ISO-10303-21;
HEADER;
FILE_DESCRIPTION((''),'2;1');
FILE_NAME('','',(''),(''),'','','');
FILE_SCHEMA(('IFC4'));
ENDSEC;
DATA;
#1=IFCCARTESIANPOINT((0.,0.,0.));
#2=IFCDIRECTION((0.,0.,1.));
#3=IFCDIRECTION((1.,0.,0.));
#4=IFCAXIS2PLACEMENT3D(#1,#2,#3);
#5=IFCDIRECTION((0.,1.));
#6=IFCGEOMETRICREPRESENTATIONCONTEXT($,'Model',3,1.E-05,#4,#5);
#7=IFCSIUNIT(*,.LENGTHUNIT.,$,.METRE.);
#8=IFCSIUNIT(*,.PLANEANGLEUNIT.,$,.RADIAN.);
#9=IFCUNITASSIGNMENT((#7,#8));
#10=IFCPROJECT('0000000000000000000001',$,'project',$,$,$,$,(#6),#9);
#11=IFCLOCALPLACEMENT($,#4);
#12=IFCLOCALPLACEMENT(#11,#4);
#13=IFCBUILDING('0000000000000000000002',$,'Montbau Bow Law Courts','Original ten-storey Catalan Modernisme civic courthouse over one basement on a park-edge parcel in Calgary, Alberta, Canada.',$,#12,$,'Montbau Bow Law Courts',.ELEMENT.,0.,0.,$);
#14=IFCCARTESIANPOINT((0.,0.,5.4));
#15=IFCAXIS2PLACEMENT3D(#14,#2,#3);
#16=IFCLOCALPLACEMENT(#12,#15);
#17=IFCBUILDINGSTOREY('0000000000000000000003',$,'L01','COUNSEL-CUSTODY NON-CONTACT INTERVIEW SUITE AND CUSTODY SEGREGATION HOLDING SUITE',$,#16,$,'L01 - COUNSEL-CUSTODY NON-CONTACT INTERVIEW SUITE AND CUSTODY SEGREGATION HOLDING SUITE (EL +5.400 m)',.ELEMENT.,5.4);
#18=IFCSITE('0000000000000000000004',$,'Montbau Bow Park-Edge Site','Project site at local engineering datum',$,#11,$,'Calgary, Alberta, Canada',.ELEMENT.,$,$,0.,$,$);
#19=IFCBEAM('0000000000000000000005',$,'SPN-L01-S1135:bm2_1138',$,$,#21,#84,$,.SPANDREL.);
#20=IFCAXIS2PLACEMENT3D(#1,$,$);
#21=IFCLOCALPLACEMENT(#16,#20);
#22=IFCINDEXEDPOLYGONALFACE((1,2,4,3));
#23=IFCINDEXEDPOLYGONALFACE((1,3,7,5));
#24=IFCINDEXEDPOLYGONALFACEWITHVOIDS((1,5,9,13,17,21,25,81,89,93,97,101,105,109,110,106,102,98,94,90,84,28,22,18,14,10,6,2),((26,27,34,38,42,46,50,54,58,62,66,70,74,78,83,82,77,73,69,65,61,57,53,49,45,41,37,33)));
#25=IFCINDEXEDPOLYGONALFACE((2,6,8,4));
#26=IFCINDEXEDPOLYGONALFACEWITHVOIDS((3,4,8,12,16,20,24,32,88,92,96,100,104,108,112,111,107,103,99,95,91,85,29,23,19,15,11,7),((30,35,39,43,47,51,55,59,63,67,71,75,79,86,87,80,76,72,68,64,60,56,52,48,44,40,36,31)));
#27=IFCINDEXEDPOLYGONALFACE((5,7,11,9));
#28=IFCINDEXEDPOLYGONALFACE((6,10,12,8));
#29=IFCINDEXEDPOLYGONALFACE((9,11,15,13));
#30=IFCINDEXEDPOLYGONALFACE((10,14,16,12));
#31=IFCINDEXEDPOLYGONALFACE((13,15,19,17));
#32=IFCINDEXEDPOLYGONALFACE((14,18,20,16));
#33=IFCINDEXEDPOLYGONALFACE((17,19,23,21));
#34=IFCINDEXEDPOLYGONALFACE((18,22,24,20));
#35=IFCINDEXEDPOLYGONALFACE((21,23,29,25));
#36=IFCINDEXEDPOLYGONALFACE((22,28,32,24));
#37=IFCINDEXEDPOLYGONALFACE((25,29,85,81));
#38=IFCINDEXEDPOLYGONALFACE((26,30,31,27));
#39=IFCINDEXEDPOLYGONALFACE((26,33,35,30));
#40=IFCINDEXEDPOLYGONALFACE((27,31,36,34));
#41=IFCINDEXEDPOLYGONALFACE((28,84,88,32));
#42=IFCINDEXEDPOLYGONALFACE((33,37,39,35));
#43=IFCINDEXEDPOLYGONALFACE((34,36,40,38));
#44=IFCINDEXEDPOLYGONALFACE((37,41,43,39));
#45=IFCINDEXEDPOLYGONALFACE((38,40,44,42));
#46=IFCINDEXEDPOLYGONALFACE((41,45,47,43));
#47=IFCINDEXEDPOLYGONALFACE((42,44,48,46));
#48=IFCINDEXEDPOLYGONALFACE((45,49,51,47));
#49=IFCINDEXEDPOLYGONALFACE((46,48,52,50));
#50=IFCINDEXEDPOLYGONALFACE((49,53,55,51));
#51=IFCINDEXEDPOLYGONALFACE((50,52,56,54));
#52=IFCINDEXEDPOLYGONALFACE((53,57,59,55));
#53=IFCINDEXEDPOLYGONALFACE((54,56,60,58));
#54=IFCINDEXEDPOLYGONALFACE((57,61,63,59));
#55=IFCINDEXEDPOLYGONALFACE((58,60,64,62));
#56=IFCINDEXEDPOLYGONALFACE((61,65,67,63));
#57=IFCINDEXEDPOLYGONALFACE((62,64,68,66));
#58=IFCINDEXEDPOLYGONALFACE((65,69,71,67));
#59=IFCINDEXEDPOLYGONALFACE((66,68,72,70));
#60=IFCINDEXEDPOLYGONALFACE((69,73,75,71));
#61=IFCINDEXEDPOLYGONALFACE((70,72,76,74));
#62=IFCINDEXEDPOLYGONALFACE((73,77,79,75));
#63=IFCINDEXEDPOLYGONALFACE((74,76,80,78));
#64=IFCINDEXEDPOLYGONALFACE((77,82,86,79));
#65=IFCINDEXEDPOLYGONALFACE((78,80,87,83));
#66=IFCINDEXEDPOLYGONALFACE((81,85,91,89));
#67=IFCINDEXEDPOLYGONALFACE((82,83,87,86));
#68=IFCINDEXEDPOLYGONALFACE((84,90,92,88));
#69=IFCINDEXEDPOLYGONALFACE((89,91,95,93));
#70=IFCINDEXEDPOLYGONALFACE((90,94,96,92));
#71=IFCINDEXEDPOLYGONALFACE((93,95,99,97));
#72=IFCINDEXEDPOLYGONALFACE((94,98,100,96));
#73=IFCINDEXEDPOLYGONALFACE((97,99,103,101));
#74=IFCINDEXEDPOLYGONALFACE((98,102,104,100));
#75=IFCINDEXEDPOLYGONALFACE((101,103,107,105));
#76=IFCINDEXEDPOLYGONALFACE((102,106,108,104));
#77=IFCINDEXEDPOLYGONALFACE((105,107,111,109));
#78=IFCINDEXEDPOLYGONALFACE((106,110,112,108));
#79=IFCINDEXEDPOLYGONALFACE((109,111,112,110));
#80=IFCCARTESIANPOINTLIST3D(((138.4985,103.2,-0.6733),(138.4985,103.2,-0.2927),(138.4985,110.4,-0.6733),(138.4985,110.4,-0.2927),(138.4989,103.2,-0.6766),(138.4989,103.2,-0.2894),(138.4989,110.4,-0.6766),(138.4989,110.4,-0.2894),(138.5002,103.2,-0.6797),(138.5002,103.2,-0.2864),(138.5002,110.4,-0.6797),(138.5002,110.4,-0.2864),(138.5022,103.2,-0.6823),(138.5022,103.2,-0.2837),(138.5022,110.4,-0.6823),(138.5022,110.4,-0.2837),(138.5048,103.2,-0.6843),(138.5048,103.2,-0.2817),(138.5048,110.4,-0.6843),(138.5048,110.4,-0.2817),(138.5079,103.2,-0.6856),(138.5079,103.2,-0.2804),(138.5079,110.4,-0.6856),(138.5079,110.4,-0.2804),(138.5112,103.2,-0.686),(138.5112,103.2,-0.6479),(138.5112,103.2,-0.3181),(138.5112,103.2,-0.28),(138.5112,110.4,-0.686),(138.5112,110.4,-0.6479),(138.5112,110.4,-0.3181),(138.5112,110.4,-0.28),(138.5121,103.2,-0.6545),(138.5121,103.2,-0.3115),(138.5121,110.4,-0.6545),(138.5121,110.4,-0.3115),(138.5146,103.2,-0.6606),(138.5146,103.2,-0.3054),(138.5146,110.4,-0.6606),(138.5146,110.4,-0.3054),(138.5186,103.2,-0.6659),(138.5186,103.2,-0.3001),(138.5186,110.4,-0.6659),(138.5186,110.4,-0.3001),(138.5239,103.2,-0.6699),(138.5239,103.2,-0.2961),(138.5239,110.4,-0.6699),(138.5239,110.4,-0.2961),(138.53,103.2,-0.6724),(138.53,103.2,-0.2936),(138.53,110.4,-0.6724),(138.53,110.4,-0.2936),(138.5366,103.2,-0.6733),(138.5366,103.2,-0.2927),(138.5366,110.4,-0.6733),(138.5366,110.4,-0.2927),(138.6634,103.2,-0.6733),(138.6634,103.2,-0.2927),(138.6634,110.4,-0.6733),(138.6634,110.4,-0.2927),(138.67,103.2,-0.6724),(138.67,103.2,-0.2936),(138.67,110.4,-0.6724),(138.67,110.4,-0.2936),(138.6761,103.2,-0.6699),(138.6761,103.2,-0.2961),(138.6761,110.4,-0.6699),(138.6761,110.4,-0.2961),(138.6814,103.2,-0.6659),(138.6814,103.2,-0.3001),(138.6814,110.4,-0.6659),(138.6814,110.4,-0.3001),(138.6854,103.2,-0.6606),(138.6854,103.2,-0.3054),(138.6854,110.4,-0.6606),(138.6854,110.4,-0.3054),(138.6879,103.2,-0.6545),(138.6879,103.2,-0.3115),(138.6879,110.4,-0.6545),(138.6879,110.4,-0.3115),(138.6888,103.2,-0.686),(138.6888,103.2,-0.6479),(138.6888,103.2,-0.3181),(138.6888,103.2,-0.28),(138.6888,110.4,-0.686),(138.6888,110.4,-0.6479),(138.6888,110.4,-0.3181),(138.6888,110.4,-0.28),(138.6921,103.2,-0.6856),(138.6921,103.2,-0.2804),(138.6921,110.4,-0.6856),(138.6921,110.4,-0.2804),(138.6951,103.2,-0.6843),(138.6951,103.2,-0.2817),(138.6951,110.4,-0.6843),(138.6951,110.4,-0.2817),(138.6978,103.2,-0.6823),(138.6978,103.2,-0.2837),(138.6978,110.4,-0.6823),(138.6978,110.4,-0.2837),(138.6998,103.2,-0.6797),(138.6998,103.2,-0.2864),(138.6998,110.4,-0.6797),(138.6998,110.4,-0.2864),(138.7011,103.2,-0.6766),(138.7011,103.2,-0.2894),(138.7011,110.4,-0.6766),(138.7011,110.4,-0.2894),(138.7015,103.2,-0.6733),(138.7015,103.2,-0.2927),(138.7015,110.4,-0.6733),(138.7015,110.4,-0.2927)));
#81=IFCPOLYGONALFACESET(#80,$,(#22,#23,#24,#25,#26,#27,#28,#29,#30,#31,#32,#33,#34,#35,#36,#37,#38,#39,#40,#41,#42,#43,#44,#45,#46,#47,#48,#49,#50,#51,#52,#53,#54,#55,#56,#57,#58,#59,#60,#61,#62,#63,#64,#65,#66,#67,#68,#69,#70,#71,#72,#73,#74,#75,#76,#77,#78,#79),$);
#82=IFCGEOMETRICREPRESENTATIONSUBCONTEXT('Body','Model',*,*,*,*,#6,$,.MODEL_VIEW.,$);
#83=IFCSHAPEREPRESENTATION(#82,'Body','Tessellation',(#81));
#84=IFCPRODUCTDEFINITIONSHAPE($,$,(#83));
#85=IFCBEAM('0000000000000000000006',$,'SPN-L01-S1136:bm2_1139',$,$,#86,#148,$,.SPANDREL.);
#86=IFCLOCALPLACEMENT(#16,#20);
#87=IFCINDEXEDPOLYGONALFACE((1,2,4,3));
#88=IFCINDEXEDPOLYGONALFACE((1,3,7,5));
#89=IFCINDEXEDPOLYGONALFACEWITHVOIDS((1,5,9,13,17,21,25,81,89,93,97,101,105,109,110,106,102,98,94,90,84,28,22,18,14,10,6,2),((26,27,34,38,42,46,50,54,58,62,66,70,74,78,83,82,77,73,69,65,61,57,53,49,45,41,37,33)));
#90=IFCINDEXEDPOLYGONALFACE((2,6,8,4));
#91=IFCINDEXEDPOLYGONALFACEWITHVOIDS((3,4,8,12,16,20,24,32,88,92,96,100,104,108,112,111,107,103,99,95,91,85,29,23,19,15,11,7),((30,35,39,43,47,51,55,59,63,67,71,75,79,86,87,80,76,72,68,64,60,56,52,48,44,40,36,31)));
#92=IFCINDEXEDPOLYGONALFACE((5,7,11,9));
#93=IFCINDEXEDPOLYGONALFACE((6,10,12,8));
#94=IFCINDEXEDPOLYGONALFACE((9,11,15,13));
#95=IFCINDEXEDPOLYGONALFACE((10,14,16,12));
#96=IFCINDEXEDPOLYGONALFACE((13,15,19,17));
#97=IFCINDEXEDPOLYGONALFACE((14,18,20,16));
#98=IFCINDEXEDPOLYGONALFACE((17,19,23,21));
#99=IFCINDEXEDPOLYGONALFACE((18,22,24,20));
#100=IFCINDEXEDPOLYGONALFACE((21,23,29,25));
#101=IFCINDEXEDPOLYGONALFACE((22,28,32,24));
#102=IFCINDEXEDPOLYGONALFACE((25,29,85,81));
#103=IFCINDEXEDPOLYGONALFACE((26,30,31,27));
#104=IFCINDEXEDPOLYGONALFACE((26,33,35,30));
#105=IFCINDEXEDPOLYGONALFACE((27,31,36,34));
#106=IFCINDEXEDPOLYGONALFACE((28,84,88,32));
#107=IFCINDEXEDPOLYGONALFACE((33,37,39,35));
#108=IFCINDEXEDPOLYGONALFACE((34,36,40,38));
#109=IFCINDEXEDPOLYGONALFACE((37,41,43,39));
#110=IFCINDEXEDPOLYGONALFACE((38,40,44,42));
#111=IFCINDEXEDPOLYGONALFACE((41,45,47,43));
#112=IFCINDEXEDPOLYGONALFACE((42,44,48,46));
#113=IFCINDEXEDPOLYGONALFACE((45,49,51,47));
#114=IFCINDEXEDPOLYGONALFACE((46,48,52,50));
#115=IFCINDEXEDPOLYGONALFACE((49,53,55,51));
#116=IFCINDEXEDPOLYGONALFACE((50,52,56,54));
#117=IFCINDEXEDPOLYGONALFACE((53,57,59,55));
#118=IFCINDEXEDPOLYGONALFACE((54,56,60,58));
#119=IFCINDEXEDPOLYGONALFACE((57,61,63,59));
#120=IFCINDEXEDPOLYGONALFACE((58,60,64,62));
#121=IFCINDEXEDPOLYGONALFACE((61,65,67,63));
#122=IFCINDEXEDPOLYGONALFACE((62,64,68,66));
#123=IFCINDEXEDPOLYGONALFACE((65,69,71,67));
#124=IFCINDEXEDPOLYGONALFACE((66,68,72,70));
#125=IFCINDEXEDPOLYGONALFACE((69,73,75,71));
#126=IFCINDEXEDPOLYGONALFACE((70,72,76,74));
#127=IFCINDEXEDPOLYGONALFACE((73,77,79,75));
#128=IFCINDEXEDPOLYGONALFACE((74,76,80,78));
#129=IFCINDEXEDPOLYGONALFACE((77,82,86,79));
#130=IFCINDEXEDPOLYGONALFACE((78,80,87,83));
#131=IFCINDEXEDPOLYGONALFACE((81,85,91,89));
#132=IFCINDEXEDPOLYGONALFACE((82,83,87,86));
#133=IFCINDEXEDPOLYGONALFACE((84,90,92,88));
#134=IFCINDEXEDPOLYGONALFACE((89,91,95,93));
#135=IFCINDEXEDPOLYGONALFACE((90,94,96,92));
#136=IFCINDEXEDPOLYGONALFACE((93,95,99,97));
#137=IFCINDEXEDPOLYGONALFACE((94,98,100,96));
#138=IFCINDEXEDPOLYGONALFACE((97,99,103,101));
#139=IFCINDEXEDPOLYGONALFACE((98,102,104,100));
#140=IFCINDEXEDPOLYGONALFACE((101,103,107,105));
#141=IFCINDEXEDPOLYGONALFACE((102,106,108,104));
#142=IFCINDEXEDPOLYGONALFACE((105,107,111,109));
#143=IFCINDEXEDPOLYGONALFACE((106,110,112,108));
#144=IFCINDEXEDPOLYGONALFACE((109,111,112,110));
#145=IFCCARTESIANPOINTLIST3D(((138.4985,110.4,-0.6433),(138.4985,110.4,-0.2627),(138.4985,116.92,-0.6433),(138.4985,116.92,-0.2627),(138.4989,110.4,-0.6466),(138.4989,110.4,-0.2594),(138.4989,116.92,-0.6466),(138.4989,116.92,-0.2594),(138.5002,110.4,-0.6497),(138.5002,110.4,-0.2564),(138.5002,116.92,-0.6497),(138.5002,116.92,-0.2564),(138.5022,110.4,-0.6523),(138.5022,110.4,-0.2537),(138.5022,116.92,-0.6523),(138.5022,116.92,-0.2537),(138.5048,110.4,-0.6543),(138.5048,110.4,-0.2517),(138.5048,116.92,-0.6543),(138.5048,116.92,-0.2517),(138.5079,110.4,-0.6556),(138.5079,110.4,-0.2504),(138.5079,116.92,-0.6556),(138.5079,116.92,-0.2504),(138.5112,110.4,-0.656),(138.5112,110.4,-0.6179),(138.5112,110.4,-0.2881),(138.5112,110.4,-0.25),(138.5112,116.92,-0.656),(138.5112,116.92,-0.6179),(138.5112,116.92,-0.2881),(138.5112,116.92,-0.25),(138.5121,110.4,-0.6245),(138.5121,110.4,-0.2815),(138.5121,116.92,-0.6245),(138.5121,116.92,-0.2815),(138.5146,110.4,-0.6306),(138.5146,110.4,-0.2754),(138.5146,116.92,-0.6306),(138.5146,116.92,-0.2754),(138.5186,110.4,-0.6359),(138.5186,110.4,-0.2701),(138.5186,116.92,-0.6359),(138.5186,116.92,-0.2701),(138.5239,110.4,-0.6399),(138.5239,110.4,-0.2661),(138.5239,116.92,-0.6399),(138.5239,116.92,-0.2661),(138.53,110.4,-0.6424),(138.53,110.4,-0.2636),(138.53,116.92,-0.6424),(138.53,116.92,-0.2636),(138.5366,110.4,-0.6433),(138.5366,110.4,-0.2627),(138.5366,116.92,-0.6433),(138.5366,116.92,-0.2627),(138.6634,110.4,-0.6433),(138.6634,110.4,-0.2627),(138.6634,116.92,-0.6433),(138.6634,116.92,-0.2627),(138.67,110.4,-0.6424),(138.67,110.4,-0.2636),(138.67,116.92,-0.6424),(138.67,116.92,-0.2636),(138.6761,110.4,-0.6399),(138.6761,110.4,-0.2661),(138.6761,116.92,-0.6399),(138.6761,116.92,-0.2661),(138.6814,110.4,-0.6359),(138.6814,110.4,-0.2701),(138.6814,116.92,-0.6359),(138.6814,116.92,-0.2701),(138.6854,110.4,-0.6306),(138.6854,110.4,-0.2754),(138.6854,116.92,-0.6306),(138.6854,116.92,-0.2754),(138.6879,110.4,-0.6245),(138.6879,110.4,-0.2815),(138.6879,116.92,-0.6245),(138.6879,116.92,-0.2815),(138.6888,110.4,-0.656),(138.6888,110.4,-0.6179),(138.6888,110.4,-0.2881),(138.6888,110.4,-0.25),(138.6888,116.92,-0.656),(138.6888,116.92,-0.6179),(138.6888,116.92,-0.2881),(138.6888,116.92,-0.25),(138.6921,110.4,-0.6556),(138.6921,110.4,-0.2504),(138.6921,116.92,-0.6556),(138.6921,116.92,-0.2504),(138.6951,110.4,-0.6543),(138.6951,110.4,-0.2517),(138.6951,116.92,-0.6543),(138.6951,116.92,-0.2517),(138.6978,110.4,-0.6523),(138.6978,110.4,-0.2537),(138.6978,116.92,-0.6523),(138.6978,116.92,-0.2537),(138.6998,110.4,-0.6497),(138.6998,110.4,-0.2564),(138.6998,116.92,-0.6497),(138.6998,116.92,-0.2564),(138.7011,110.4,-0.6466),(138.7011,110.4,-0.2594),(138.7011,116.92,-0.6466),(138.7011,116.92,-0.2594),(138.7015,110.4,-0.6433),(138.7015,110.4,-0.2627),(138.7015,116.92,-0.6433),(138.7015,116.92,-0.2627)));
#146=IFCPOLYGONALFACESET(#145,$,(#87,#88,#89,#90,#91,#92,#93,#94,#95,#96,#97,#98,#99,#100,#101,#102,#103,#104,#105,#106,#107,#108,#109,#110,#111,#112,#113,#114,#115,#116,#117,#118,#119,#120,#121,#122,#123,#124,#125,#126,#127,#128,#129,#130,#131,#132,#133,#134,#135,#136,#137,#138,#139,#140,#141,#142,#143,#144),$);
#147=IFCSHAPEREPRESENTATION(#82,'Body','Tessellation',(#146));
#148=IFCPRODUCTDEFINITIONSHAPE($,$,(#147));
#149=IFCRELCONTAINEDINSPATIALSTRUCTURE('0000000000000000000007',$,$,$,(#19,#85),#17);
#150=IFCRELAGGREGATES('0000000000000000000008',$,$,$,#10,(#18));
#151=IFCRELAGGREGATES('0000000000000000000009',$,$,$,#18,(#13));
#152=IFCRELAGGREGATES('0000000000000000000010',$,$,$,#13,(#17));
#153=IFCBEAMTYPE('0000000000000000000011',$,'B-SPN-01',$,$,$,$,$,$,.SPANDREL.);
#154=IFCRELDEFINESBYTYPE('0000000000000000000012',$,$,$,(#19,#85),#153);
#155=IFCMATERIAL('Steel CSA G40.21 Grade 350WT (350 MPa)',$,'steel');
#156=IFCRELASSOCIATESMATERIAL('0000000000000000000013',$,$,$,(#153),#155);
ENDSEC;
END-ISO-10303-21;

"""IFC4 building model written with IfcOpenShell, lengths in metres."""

from ifc_helpers import new_model, si_unit, direction, frame, origin_with_axes, origin_2d_with_axis, place, context, subcontext, project, spatial, hollow_rectangle, extrude, material, material_profile, profile_set, type_object, element, save


model = new_model("IFC4")

# Units and contexts
model_context = context("Model", 3, precision=1e-05, world=origin_with_axes(), true_north=direction((0.0, 1.0)))
body_context = subcontext(model_context, "Body", "Model", "MODEL_VIEW")
ifc_project = project(units=[si_unit("LENGTHUNIT", "METRE"), si_unit("PLANEANGLEUNIT", "RADIAN")], contexts=[model_context])

# Site, building, storey
site_placement = place(None, origin_with_axes())
site = spatial("IfcSite", under=ifc_project, at=site_placement, Name="Montbau Bow Park-Edge Site", Description="Project site at local engineering datum", LongName="Calgary, Alberta, Canada", CompositionType="ELEMENT", RefElevation=0.0)
building_placement = place(site_placement, origin_with_axes())
building = spatial("IfcBuilding", under=site, at=building_placement, Name="Montbau Bow Law Courts", Description="Original ten-storey Catalan Modernisme civic courthouse over one basement on a park-edge parcel in Calgary, Alberta, Canada.", LongName="Montbau Bow Law Courts", CompositionType="ELEMENT", ElevationOfRefHeight=0.0, ElevationOfTerrain=0.0)
storey_placement = place(building_placement, frame((0.0, 0.0, 5.4), z_axis=(0.0, 0.0, 1.0), x_axis=(1.0, 0.0, 0.0)))
storey = spatial("IfcBuildingStorey", under=building, at=storey_placement, Name="L01", Description="COUNSEL-CUSTODY NON-CONTACT INTERVIEW SUITE AND CUSTODY SEGREGATION HOLDING SUITE", LongName="L01 - COUNSEL-CUSTODY NON-CONTACT INTERVIEW SUITE AND CUSTODY SEGREGATION HOLDING SUITE (EL +5.400 m)", CompositionType="ELEMENT", Elevation=5.4)

# Beams
ifc_material_1 = material(Name="Steel CSA G40.21 Grade 350WT (350 MPa)", Category="steel")
ifc_material_profile_1 = material_profile(ifc_material_1, hollow_rectangle(XDim=0.203, YDim=0.406, WallThickness=0.0127, InnerFilletRadius=0.0254, OuterFilletRadius=0.0127, at=origin_2d_with_axis()), Name="HSS406X203X13", Category="Main", Priority=0)
ifc_profile_set_1 = profile_set([ifc_material_profile_1], Name="Steel CSA G40.21 Grade 350WT (350 MPa)")
beam_type_1 = type_object("IfcBeamType", Name="B-SPN-01", PredefinedType="SPANDREL", material=ifc_profile_set_1)
beam_1_placement = place(None, frame((138.6, 103.2, 4.917), z_axis=(0.0, 1.0, 0.0), x_axis=(-1.0, 0.0, 0.0)))
element("IfcBeam", 1, at=beam_1_placement, inside=storey, type_object=beam_type_1, Name="SPN-L01-S1135:bm2_1138", PredefinedType="SPANDREL", context=body_context, shape_type="SweptSolid", body=[
    extrude(hollow_rectangle(XDim=0.203, YDim=0.406, WallThickness=0.0127, InnerFilletRadius=0.0254, OuterFilletRadius=0.0127, at=origin_2d_with_axis()), origin_with_axes(), (0.0, 0.0, 1.0), 7.2),
])
beam_2_placement = place(None, frame((138.6, 110.4, 4.947), z_axis=(0.0, 1.0, 0.0), x_axis=(-1.0, 0.0, 0.0)))
element("IfcBeam", 2, at=beam_2_placement, inside=storey, type_object=beam_type_1, Name="SPN-L01-S1136:bm2_1139", PredefinedType="SPANDREL", context=body_context, shape_type="SweptSolid", body=[
    extrude(hollow_rectangle(XDim=0.203, YDim=0.406, WallThickness=0.0127, InnerFilletRadius=0.0254, OuterFilletRadius=0.0127, at=origin_2d_with_axis()), origin_with_axes(), (0.0, 0.0, 1.0), 6.52),
])

save(model, "model.ifc")
